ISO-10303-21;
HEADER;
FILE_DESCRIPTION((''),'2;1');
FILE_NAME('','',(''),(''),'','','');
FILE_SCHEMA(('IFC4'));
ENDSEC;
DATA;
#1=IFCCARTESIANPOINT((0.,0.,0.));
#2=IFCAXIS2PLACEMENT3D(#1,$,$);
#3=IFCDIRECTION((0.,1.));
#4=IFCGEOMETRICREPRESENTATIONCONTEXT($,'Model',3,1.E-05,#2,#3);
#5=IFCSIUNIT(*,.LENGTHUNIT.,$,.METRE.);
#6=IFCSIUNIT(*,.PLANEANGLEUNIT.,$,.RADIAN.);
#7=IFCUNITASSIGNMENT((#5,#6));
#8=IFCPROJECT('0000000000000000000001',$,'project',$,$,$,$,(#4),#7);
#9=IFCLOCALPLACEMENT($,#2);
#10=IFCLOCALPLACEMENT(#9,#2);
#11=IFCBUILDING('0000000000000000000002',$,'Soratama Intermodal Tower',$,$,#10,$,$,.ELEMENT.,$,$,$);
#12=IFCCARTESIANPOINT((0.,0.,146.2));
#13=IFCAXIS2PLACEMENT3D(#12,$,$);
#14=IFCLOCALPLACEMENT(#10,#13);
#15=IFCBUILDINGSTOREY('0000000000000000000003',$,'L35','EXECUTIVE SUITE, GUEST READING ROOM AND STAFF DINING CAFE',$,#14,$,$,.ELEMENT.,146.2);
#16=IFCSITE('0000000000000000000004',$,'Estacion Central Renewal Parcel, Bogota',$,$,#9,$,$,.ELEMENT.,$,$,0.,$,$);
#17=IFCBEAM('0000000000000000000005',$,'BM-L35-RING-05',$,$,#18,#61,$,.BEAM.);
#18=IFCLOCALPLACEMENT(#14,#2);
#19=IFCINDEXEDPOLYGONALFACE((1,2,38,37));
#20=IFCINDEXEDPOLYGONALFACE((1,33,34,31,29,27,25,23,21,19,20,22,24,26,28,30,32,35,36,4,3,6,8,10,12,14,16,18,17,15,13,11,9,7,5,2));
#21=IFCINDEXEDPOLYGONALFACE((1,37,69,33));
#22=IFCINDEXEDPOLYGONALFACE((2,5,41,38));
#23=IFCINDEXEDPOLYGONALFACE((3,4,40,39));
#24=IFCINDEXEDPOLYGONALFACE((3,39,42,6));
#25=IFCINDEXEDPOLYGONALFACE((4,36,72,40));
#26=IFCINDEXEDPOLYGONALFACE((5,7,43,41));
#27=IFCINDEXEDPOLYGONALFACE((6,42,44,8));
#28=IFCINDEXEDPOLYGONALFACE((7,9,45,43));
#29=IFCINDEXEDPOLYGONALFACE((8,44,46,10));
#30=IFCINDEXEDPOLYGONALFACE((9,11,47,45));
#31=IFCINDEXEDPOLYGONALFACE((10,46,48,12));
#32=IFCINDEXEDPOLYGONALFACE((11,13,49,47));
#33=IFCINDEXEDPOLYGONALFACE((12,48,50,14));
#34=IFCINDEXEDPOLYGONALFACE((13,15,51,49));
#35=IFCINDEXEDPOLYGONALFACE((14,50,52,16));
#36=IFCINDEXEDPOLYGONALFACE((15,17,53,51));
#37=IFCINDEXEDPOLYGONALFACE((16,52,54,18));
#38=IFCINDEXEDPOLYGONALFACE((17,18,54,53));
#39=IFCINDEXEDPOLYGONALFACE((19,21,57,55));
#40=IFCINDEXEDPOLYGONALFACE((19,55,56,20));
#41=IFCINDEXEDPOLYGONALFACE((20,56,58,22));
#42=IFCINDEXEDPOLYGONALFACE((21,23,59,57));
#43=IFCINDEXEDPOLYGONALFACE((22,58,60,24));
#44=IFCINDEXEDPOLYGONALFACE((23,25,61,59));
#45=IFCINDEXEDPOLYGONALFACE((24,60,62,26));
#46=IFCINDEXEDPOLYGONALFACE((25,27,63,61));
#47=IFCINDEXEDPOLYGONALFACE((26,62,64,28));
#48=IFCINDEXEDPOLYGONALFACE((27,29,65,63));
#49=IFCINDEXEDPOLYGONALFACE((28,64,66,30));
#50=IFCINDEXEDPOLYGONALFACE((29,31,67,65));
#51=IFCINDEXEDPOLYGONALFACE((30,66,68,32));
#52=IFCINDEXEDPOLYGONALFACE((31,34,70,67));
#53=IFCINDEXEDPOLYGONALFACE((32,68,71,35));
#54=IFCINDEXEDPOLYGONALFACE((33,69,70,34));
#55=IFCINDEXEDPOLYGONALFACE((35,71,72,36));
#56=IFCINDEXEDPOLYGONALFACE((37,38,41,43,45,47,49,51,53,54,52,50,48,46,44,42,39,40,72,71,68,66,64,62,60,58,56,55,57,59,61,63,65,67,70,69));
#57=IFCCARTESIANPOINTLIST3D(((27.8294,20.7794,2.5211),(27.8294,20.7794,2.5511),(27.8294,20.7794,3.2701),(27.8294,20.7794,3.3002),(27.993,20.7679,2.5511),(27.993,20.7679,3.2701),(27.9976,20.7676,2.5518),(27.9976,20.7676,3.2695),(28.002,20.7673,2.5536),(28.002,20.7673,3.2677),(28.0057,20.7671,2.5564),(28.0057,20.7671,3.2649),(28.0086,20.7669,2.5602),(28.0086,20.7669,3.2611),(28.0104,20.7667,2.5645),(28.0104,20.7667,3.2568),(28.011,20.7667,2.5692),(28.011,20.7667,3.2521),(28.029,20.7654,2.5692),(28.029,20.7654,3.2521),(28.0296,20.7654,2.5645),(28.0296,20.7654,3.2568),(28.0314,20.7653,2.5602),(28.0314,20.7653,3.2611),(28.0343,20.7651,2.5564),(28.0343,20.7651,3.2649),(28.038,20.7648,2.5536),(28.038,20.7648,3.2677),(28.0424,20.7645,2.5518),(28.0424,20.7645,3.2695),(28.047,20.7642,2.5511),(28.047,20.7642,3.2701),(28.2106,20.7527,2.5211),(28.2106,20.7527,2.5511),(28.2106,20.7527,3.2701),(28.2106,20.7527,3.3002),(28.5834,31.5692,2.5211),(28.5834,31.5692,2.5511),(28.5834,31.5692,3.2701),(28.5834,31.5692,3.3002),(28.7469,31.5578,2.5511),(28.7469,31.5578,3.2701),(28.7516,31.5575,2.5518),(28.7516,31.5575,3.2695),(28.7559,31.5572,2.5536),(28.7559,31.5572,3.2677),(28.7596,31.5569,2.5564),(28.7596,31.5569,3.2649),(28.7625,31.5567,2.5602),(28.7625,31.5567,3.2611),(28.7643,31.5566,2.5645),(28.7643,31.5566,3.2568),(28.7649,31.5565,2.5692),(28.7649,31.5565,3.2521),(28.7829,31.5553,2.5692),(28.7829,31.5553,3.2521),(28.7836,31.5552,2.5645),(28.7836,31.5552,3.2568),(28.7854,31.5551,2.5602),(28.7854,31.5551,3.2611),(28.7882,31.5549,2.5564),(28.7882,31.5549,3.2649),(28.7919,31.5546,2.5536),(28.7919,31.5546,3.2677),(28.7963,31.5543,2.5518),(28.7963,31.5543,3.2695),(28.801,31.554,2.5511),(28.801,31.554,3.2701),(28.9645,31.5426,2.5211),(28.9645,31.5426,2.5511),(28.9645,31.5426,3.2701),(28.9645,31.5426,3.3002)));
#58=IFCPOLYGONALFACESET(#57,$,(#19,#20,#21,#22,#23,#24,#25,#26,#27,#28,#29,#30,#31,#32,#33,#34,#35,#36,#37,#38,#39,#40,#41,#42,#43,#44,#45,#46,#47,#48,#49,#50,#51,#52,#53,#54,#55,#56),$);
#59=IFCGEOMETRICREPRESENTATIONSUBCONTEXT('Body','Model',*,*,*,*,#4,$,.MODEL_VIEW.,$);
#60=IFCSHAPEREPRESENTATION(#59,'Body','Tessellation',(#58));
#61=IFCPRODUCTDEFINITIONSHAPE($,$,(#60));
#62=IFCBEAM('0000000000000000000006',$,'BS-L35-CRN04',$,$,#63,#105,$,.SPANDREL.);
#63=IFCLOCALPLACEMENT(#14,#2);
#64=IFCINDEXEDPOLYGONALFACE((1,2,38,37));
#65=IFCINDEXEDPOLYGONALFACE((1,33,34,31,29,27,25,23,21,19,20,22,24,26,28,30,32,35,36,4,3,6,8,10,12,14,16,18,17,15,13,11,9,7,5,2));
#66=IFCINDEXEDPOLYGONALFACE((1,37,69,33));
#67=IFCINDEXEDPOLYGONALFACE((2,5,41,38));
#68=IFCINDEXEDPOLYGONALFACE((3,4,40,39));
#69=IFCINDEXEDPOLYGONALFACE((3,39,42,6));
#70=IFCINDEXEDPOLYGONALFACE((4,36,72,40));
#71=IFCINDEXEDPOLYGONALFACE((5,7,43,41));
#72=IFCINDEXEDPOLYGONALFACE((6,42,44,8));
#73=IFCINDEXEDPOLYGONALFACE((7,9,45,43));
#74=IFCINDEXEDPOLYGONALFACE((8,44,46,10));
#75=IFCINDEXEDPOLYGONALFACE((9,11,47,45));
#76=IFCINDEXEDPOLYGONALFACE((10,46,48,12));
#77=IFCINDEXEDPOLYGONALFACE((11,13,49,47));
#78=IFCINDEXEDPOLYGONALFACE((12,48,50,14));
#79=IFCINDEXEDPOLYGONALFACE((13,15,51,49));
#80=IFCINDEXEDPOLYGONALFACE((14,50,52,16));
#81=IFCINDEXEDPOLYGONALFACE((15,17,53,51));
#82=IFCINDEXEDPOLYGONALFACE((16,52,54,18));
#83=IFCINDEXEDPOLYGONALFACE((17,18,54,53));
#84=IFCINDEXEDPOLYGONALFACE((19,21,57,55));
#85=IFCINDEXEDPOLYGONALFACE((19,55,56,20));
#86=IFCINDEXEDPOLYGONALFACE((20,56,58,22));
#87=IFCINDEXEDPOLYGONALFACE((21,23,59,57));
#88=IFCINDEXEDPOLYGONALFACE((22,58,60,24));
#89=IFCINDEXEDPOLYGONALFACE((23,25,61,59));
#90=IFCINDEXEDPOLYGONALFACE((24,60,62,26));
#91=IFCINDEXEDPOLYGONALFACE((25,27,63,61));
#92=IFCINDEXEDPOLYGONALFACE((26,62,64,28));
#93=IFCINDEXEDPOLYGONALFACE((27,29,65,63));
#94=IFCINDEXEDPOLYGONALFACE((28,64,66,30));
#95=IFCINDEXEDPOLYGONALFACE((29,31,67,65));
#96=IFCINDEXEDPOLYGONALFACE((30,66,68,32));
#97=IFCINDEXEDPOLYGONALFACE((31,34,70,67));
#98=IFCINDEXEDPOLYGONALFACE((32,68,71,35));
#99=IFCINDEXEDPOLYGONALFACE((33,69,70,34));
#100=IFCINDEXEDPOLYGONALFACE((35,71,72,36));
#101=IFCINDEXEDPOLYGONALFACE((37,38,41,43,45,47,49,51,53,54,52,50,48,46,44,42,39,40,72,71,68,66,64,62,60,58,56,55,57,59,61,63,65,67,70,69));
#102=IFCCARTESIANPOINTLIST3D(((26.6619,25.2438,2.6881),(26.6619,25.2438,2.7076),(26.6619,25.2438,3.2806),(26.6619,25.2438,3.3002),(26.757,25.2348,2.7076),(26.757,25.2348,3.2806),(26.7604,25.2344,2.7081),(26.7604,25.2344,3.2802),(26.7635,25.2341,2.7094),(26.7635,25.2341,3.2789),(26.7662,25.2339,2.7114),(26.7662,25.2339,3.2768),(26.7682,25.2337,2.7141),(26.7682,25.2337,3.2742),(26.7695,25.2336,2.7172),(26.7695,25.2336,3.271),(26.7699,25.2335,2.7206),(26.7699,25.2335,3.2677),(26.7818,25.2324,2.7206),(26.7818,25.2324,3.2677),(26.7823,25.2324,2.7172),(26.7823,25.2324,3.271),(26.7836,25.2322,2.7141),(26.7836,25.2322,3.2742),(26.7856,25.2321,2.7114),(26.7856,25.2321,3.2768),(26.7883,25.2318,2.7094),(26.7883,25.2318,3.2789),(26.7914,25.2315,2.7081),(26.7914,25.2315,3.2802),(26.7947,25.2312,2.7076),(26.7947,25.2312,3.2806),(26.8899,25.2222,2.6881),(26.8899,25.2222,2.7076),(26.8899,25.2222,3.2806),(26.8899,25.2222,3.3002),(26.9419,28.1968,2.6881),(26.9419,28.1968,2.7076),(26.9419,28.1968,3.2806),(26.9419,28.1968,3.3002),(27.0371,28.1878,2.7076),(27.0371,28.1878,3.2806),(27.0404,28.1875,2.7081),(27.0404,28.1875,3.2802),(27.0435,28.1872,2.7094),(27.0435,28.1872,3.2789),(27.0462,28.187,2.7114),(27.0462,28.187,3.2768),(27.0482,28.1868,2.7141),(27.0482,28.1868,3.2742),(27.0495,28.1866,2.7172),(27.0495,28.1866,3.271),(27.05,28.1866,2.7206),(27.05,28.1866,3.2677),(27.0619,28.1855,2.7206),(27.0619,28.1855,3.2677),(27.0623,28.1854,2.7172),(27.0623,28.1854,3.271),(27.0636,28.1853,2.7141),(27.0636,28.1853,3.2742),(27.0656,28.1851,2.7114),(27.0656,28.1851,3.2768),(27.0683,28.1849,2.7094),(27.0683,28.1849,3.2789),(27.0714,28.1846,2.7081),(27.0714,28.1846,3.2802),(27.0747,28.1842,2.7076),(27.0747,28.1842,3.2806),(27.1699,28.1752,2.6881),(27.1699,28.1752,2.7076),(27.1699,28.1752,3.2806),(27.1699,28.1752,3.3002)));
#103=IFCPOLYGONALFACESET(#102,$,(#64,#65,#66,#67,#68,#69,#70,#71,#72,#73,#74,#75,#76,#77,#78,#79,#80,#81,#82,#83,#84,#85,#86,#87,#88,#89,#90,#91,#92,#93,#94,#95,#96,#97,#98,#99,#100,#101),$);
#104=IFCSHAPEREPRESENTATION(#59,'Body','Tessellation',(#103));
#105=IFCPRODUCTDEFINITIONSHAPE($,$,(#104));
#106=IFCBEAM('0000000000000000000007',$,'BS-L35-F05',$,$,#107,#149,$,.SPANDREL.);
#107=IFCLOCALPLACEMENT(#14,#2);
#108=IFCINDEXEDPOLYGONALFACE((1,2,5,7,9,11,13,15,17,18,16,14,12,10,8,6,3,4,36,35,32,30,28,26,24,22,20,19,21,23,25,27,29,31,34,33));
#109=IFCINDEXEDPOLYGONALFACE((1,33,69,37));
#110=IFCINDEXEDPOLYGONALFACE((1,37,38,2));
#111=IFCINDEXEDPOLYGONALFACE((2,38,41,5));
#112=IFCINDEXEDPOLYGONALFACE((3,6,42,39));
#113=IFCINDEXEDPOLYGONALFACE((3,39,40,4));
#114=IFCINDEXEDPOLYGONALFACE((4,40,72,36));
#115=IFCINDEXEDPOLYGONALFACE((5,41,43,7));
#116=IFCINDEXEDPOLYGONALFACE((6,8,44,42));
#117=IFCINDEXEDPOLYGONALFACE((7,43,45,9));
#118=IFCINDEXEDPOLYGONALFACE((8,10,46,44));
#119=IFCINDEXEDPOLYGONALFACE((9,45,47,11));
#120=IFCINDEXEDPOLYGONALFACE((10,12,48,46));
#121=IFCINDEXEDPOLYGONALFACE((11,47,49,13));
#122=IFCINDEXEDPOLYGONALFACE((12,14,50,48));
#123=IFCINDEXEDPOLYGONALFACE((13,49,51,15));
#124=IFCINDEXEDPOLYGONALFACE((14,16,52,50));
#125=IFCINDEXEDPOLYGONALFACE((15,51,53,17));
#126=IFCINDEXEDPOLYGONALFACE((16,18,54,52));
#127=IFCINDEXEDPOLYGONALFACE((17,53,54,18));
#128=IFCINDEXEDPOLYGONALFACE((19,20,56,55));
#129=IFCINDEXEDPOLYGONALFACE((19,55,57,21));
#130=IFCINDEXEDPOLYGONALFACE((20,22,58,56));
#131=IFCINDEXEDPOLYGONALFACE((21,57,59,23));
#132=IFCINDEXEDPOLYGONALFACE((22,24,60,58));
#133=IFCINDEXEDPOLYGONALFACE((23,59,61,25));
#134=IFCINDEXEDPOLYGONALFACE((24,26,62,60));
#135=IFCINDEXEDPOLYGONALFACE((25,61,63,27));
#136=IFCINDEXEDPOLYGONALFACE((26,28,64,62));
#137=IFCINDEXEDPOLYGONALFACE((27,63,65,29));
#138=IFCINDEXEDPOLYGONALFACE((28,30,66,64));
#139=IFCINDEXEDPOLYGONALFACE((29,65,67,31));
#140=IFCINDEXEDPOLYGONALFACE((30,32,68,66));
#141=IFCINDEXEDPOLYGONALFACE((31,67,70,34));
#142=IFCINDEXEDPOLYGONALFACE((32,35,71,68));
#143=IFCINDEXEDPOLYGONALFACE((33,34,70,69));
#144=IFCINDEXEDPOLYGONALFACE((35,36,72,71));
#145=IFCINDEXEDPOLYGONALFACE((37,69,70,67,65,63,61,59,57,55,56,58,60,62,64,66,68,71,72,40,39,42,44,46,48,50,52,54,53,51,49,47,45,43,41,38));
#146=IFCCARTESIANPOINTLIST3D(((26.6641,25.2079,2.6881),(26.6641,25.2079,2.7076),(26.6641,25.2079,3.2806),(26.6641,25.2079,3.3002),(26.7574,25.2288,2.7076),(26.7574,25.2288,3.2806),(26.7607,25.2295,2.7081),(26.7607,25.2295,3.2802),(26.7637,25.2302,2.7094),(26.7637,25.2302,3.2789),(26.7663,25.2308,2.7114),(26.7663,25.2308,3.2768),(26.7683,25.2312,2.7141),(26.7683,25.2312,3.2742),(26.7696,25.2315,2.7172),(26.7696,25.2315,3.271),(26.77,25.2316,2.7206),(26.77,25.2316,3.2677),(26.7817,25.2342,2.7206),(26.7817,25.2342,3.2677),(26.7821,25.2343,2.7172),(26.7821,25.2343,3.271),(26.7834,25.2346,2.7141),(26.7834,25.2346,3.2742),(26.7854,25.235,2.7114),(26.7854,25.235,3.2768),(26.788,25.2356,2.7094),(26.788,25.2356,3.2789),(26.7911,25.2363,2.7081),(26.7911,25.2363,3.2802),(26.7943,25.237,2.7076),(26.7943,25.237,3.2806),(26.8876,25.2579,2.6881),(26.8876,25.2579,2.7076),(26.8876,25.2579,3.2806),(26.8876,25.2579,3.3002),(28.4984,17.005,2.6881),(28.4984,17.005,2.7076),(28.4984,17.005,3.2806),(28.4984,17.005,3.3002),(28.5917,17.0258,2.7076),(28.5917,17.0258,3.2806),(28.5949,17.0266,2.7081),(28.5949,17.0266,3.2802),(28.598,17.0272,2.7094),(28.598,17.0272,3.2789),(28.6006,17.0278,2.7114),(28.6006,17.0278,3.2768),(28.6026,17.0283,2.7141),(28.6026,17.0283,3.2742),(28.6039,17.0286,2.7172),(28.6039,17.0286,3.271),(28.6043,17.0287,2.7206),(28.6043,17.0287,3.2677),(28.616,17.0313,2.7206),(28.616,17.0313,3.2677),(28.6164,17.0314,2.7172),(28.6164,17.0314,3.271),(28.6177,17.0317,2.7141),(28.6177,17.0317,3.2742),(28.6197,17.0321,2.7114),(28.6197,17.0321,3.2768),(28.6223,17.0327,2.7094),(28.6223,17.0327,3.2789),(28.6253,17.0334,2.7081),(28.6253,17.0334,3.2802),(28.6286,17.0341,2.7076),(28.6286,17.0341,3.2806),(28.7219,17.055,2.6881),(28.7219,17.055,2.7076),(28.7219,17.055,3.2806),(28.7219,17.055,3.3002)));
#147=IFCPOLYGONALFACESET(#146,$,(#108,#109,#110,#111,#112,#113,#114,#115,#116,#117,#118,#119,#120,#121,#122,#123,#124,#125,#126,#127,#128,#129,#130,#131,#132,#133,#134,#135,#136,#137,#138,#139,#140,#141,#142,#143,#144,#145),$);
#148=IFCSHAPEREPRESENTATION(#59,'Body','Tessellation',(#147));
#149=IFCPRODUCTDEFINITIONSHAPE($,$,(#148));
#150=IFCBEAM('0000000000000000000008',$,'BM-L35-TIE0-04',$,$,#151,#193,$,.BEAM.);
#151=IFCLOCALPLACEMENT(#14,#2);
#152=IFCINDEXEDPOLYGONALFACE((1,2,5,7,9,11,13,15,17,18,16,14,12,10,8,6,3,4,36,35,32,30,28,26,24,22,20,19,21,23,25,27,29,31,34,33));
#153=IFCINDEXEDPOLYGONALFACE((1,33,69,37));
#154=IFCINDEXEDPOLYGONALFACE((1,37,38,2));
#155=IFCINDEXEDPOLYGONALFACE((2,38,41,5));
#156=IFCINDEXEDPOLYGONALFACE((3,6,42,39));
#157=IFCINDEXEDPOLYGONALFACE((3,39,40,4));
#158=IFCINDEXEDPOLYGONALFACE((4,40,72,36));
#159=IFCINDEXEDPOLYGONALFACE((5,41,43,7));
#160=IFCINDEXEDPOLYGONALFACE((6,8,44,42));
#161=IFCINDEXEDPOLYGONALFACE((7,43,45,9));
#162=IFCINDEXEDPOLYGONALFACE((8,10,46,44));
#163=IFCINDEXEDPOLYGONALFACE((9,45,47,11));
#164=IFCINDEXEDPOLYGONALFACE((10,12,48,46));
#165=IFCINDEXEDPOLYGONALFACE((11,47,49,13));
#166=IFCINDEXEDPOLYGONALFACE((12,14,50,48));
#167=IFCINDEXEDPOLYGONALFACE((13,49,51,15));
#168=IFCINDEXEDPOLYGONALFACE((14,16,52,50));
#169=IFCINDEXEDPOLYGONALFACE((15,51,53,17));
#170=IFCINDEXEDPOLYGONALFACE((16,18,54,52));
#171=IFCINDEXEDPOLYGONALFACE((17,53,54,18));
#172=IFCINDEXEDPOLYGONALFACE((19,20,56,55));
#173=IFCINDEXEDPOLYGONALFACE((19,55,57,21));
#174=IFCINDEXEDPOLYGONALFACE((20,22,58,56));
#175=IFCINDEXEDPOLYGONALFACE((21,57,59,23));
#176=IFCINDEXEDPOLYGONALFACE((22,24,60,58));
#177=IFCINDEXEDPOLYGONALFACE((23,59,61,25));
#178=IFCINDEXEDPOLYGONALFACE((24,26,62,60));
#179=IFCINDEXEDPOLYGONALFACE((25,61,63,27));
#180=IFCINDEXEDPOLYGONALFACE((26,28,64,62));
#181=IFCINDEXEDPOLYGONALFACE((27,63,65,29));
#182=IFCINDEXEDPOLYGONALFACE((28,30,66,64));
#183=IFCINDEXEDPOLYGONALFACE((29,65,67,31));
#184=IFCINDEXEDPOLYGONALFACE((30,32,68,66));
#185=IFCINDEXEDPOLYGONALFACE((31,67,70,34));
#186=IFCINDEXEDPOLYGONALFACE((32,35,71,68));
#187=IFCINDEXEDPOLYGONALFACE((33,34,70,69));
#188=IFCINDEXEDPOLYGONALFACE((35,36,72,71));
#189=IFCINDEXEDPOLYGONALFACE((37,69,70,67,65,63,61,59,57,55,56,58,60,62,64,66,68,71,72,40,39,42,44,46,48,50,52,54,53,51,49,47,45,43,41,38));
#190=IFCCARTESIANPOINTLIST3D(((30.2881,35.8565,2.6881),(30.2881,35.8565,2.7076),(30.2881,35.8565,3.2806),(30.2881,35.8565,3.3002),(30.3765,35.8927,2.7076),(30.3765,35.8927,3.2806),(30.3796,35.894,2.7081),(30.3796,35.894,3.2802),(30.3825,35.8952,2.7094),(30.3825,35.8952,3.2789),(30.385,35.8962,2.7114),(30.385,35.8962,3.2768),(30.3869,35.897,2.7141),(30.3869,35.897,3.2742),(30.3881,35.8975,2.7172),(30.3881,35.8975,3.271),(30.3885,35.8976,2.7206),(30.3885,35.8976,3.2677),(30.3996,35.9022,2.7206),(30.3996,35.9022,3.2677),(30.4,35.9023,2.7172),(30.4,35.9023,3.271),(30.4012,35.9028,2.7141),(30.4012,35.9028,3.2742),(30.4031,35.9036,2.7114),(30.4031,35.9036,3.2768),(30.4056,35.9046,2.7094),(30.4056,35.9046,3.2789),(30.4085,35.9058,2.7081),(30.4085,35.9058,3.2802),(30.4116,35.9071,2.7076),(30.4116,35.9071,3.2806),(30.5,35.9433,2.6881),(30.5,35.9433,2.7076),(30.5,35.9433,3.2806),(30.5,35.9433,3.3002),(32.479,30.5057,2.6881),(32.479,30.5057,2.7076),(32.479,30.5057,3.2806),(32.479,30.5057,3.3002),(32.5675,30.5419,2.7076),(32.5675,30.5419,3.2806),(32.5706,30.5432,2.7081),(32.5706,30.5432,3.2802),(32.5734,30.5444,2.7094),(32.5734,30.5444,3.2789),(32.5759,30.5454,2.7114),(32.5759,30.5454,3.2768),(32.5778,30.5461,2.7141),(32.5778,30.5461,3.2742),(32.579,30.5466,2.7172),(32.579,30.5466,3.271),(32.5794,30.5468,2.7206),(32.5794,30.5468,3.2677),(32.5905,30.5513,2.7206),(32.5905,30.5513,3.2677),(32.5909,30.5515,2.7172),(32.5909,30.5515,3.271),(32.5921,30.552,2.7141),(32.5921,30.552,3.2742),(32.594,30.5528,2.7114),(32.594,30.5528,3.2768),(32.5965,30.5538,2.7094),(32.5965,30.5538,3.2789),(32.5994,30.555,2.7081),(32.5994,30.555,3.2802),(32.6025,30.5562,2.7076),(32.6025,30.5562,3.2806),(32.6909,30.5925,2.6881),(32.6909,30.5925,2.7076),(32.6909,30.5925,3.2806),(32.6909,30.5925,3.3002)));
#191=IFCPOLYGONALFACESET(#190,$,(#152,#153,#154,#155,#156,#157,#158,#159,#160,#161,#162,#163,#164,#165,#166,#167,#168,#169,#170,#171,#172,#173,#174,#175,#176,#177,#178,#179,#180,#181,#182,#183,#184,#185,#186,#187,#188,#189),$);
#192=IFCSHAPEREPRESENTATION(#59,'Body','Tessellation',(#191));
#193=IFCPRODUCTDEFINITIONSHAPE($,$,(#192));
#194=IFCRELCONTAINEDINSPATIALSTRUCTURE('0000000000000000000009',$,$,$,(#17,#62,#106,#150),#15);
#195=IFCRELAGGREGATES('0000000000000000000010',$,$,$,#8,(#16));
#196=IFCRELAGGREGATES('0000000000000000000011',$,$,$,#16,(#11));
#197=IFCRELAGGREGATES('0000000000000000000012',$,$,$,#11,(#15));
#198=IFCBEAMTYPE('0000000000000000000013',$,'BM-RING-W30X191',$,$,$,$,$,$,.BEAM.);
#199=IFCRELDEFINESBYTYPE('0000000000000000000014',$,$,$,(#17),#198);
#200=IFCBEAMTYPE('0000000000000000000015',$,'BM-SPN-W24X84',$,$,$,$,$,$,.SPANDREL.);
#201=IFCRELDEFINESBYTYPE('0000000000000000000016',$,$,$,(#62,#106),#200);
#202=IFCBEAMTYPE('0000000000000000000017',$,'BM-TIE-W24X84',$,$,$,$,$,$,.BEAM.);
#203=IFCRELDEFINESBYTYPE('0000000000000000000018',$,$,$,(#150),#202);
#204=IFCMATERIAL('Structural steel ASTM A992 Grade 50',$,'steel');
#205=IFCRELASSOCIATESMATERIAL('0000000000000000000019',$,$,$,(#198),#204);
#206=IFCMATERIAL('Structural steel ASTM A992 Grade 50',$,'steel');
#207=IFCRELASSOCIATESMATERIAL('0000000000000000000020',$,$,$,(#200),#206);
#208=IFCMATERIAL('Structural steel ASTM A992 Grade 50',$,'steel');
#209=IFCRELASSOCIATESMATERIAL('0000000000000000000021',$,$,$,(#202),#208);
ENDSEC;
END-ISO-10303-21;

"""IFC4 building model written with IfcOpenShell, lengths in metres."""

from ifc_helpers import new_model, si_unit, direction, frame, origin, origin_2d, place, context, subcontext, project, spatial, i_section, extrude, material, material_profile, profile_set, type_object, element, save


model = new_model("IFC4")

# Units and contexts
model_context = context("Model", 3, precision=1e-05, world=origin(), true_north=direction((0.0, 1.0)))
body_context = subcontext(model_context, "Body", "Model", "MODEL_VIEW")
ifc_project = project(units=[si_unit("LENGTHUNIT", "METRE"), si_unit("PLANEANGLEUNIT", "RADIAN")], contexts=[model_context])

# Site, building, storey
site_placement = place(None, origin())
site = spatial("IfcSite", under=ifc_project, at=site_placement, Name="Estacion Central Renewal Parcel, Bogota", CompositionType="ELEMENT", RefElevation=0.0)
building_placement = place(site_placement, origin())
building = spatial("IfcBuilding", under=site, at=building_placement, Name="Soratama Intermodal Tower", CompositionType="ELEMENT")
storey_placement = place(building_placement, frame((0.0, 0.0, 146.2)))
storey = spatial("IfcBuildingStorey", under=building, at=storey_placement, Name="L35", Description="EXECUTIVE SUITE, GUEST READING ROOM AND STAFF DINING CAFE", CompositionType="ELEMENT", Elevation=146.2)

# Beams
ifc_material_1 = material(Name="Structural steel ASTM A992 Grade 50", Category="steel")
ifc_material_profile_1 = material_profile(ifc_material_1, i_section(OverallWidth=0.3821, OverallDepth=0.7791, WebThickness=0.0181, FlangeThickness=0.03, FilletRadius=0.0181, at=origin_2d()), Name="W30X191")
ifc_profile_set_1 = profile_set([ifc_material_profile_1], Name="Structural steel ASTM A992 Grade 50")
beam_type_1 = type_object("IfcBeamType", Name="BM-RING-W30X191", PredefinedType="BEAM", material=ifc_profile_set_1)
beam_1_placement = place(storey_placement, frame((28.7739, 31.5559, 2.9106), z_axis=(-0.069702, -0.997568, 0.0), x_axis=(0.997568, -0.069702, 0.0)))
element("IfcBeam", 1, at=beam_1_placement, inside=storey, type_object=beam_type_1, Name="BM-L35-RING-05", PredefinedType="BEAM", context=body_context, shape_type="SweptSolid", body=[
    extrude(i_section(OverallWidth=0.3821, OverallDepth=0.7791, WebThickness=0.0181, FlangeThickness=0.03, FilletRadius=0.0181, at=origin_2d()), origin(), (0.0, 0.0, 1.0), 10.8162),
])
ifc_material_2 = material(Name="Structural steel ASTM A992 Grade 50", Category="steel")
ifc_material_profile_2 = material_profile(ifc_material_2, i_section(OverallWidth=0.229, OverallDepth=0.6121, WebThickness=0.012, FlangeThickness=0.0195, FilletRadius=0.0129, at=origin_2d()), Name="W24X84")
ifc_profile_set_2 = profile_set([ifc_material_profile_2], Name="Structural steel ASTM A992 Grade 50")
beam_type_2 = type_object("IfcBeamType", Name="BM-SPN-W24X84", PredefinedType="SPANDREL", material=ifc_profile_set_2)
beam_2_placement = place(storey_placement, frame((27.0559, 28.186, 2.9941), z_axis=(-0.094401, -0.995534, 0.0), x_axis=(0.995534, -0.094401, 0.0)))
element("IfcBeam", 2, at=beam_2_placement, inside=storey, type_object=beam_type_2, Name="BS-L35-CRN04", PredefinedType="SPANDREL", context=body_context, shape_type="SweptSolid", body=[
    extrude(i_section(OverallWidth=0.229, OverallDepth=0.6121, WebThickness=0.012, FlangeThickness=0.0195, FilletRadius=0.0129, at=origin_2d()), origin(), (0.0, 0.0, 1.0), 2.9663),
])
beam_3_placement = place(storey_placement, frame((26.7759, 25.2329, 2.9941), z_axis=(0.218219, -0.9759, 0.0), x_axis=(0.9759, 0.218219, 0.0)))
element("IfcBeam", 3, at=beam_3_placement, inside=storey, type_object=beam_type_2, Name="BS-L35-F05", PredefinedType="SPANDREL", context=body_context, shape_type="SweptSolid", body=[
    extrude(i_section(OverallWidth=0.229, OverallDepth=0.6121, WebThickness=0.012, FlangeThickness=0.0195, FilletRadius=0.0129, at=origin_2d()), origin(), (0.0, 0.0, 1.0), 8.4055),
])
ifc_material_3 = material(Name="Structural steel ASTM A992 Grade 50", Category="steel")
ifc_material_profile_3 = material_profile(ifc_material_3, i_section(OverallWidth=0.229, OverallDepth=0.6121, WebThickness=0.012, FlangeThickness=0.0195, FilletRadius=0.0129, at=origin_2d()), Name="W24X84")
ifc_profile_set_3 = profile_set([ifc_material_profile_3], Name="Structural steel ASTM A992 Grade 50")
beam_type_3 = type_object("IfcBeamType", Name="BM-TIE-W24X84", PredefinedType="BEAM", material=ifc_profile_set_3)
beam_4_placement = place(storey_placement, frame((32.585, 30.5491, 2.9941), z_axis=(-0.378921, 0.925429, 0.0), x_axis=(-0.925429, -0.378921, 0.0)))
element("IfcBeam", 4, at=beam_4_placement, inside=storey, type_object=beam_type_3, Name="BM-L35-TIE0-04", PredefinedType="BEAM", context=body_context, shape_type="SweptSolid", body=[
    extrude(i_section(OverallWidth=0.229, OverallDepth=0.6121, WebThickness=0.012, FlangeThickness=0.0195, FilletRadius=0.0129, at=origin_2d()), origin(), (0.0, 0.0, 1.0), 5.782),
])

save(model, "model.ifc")
